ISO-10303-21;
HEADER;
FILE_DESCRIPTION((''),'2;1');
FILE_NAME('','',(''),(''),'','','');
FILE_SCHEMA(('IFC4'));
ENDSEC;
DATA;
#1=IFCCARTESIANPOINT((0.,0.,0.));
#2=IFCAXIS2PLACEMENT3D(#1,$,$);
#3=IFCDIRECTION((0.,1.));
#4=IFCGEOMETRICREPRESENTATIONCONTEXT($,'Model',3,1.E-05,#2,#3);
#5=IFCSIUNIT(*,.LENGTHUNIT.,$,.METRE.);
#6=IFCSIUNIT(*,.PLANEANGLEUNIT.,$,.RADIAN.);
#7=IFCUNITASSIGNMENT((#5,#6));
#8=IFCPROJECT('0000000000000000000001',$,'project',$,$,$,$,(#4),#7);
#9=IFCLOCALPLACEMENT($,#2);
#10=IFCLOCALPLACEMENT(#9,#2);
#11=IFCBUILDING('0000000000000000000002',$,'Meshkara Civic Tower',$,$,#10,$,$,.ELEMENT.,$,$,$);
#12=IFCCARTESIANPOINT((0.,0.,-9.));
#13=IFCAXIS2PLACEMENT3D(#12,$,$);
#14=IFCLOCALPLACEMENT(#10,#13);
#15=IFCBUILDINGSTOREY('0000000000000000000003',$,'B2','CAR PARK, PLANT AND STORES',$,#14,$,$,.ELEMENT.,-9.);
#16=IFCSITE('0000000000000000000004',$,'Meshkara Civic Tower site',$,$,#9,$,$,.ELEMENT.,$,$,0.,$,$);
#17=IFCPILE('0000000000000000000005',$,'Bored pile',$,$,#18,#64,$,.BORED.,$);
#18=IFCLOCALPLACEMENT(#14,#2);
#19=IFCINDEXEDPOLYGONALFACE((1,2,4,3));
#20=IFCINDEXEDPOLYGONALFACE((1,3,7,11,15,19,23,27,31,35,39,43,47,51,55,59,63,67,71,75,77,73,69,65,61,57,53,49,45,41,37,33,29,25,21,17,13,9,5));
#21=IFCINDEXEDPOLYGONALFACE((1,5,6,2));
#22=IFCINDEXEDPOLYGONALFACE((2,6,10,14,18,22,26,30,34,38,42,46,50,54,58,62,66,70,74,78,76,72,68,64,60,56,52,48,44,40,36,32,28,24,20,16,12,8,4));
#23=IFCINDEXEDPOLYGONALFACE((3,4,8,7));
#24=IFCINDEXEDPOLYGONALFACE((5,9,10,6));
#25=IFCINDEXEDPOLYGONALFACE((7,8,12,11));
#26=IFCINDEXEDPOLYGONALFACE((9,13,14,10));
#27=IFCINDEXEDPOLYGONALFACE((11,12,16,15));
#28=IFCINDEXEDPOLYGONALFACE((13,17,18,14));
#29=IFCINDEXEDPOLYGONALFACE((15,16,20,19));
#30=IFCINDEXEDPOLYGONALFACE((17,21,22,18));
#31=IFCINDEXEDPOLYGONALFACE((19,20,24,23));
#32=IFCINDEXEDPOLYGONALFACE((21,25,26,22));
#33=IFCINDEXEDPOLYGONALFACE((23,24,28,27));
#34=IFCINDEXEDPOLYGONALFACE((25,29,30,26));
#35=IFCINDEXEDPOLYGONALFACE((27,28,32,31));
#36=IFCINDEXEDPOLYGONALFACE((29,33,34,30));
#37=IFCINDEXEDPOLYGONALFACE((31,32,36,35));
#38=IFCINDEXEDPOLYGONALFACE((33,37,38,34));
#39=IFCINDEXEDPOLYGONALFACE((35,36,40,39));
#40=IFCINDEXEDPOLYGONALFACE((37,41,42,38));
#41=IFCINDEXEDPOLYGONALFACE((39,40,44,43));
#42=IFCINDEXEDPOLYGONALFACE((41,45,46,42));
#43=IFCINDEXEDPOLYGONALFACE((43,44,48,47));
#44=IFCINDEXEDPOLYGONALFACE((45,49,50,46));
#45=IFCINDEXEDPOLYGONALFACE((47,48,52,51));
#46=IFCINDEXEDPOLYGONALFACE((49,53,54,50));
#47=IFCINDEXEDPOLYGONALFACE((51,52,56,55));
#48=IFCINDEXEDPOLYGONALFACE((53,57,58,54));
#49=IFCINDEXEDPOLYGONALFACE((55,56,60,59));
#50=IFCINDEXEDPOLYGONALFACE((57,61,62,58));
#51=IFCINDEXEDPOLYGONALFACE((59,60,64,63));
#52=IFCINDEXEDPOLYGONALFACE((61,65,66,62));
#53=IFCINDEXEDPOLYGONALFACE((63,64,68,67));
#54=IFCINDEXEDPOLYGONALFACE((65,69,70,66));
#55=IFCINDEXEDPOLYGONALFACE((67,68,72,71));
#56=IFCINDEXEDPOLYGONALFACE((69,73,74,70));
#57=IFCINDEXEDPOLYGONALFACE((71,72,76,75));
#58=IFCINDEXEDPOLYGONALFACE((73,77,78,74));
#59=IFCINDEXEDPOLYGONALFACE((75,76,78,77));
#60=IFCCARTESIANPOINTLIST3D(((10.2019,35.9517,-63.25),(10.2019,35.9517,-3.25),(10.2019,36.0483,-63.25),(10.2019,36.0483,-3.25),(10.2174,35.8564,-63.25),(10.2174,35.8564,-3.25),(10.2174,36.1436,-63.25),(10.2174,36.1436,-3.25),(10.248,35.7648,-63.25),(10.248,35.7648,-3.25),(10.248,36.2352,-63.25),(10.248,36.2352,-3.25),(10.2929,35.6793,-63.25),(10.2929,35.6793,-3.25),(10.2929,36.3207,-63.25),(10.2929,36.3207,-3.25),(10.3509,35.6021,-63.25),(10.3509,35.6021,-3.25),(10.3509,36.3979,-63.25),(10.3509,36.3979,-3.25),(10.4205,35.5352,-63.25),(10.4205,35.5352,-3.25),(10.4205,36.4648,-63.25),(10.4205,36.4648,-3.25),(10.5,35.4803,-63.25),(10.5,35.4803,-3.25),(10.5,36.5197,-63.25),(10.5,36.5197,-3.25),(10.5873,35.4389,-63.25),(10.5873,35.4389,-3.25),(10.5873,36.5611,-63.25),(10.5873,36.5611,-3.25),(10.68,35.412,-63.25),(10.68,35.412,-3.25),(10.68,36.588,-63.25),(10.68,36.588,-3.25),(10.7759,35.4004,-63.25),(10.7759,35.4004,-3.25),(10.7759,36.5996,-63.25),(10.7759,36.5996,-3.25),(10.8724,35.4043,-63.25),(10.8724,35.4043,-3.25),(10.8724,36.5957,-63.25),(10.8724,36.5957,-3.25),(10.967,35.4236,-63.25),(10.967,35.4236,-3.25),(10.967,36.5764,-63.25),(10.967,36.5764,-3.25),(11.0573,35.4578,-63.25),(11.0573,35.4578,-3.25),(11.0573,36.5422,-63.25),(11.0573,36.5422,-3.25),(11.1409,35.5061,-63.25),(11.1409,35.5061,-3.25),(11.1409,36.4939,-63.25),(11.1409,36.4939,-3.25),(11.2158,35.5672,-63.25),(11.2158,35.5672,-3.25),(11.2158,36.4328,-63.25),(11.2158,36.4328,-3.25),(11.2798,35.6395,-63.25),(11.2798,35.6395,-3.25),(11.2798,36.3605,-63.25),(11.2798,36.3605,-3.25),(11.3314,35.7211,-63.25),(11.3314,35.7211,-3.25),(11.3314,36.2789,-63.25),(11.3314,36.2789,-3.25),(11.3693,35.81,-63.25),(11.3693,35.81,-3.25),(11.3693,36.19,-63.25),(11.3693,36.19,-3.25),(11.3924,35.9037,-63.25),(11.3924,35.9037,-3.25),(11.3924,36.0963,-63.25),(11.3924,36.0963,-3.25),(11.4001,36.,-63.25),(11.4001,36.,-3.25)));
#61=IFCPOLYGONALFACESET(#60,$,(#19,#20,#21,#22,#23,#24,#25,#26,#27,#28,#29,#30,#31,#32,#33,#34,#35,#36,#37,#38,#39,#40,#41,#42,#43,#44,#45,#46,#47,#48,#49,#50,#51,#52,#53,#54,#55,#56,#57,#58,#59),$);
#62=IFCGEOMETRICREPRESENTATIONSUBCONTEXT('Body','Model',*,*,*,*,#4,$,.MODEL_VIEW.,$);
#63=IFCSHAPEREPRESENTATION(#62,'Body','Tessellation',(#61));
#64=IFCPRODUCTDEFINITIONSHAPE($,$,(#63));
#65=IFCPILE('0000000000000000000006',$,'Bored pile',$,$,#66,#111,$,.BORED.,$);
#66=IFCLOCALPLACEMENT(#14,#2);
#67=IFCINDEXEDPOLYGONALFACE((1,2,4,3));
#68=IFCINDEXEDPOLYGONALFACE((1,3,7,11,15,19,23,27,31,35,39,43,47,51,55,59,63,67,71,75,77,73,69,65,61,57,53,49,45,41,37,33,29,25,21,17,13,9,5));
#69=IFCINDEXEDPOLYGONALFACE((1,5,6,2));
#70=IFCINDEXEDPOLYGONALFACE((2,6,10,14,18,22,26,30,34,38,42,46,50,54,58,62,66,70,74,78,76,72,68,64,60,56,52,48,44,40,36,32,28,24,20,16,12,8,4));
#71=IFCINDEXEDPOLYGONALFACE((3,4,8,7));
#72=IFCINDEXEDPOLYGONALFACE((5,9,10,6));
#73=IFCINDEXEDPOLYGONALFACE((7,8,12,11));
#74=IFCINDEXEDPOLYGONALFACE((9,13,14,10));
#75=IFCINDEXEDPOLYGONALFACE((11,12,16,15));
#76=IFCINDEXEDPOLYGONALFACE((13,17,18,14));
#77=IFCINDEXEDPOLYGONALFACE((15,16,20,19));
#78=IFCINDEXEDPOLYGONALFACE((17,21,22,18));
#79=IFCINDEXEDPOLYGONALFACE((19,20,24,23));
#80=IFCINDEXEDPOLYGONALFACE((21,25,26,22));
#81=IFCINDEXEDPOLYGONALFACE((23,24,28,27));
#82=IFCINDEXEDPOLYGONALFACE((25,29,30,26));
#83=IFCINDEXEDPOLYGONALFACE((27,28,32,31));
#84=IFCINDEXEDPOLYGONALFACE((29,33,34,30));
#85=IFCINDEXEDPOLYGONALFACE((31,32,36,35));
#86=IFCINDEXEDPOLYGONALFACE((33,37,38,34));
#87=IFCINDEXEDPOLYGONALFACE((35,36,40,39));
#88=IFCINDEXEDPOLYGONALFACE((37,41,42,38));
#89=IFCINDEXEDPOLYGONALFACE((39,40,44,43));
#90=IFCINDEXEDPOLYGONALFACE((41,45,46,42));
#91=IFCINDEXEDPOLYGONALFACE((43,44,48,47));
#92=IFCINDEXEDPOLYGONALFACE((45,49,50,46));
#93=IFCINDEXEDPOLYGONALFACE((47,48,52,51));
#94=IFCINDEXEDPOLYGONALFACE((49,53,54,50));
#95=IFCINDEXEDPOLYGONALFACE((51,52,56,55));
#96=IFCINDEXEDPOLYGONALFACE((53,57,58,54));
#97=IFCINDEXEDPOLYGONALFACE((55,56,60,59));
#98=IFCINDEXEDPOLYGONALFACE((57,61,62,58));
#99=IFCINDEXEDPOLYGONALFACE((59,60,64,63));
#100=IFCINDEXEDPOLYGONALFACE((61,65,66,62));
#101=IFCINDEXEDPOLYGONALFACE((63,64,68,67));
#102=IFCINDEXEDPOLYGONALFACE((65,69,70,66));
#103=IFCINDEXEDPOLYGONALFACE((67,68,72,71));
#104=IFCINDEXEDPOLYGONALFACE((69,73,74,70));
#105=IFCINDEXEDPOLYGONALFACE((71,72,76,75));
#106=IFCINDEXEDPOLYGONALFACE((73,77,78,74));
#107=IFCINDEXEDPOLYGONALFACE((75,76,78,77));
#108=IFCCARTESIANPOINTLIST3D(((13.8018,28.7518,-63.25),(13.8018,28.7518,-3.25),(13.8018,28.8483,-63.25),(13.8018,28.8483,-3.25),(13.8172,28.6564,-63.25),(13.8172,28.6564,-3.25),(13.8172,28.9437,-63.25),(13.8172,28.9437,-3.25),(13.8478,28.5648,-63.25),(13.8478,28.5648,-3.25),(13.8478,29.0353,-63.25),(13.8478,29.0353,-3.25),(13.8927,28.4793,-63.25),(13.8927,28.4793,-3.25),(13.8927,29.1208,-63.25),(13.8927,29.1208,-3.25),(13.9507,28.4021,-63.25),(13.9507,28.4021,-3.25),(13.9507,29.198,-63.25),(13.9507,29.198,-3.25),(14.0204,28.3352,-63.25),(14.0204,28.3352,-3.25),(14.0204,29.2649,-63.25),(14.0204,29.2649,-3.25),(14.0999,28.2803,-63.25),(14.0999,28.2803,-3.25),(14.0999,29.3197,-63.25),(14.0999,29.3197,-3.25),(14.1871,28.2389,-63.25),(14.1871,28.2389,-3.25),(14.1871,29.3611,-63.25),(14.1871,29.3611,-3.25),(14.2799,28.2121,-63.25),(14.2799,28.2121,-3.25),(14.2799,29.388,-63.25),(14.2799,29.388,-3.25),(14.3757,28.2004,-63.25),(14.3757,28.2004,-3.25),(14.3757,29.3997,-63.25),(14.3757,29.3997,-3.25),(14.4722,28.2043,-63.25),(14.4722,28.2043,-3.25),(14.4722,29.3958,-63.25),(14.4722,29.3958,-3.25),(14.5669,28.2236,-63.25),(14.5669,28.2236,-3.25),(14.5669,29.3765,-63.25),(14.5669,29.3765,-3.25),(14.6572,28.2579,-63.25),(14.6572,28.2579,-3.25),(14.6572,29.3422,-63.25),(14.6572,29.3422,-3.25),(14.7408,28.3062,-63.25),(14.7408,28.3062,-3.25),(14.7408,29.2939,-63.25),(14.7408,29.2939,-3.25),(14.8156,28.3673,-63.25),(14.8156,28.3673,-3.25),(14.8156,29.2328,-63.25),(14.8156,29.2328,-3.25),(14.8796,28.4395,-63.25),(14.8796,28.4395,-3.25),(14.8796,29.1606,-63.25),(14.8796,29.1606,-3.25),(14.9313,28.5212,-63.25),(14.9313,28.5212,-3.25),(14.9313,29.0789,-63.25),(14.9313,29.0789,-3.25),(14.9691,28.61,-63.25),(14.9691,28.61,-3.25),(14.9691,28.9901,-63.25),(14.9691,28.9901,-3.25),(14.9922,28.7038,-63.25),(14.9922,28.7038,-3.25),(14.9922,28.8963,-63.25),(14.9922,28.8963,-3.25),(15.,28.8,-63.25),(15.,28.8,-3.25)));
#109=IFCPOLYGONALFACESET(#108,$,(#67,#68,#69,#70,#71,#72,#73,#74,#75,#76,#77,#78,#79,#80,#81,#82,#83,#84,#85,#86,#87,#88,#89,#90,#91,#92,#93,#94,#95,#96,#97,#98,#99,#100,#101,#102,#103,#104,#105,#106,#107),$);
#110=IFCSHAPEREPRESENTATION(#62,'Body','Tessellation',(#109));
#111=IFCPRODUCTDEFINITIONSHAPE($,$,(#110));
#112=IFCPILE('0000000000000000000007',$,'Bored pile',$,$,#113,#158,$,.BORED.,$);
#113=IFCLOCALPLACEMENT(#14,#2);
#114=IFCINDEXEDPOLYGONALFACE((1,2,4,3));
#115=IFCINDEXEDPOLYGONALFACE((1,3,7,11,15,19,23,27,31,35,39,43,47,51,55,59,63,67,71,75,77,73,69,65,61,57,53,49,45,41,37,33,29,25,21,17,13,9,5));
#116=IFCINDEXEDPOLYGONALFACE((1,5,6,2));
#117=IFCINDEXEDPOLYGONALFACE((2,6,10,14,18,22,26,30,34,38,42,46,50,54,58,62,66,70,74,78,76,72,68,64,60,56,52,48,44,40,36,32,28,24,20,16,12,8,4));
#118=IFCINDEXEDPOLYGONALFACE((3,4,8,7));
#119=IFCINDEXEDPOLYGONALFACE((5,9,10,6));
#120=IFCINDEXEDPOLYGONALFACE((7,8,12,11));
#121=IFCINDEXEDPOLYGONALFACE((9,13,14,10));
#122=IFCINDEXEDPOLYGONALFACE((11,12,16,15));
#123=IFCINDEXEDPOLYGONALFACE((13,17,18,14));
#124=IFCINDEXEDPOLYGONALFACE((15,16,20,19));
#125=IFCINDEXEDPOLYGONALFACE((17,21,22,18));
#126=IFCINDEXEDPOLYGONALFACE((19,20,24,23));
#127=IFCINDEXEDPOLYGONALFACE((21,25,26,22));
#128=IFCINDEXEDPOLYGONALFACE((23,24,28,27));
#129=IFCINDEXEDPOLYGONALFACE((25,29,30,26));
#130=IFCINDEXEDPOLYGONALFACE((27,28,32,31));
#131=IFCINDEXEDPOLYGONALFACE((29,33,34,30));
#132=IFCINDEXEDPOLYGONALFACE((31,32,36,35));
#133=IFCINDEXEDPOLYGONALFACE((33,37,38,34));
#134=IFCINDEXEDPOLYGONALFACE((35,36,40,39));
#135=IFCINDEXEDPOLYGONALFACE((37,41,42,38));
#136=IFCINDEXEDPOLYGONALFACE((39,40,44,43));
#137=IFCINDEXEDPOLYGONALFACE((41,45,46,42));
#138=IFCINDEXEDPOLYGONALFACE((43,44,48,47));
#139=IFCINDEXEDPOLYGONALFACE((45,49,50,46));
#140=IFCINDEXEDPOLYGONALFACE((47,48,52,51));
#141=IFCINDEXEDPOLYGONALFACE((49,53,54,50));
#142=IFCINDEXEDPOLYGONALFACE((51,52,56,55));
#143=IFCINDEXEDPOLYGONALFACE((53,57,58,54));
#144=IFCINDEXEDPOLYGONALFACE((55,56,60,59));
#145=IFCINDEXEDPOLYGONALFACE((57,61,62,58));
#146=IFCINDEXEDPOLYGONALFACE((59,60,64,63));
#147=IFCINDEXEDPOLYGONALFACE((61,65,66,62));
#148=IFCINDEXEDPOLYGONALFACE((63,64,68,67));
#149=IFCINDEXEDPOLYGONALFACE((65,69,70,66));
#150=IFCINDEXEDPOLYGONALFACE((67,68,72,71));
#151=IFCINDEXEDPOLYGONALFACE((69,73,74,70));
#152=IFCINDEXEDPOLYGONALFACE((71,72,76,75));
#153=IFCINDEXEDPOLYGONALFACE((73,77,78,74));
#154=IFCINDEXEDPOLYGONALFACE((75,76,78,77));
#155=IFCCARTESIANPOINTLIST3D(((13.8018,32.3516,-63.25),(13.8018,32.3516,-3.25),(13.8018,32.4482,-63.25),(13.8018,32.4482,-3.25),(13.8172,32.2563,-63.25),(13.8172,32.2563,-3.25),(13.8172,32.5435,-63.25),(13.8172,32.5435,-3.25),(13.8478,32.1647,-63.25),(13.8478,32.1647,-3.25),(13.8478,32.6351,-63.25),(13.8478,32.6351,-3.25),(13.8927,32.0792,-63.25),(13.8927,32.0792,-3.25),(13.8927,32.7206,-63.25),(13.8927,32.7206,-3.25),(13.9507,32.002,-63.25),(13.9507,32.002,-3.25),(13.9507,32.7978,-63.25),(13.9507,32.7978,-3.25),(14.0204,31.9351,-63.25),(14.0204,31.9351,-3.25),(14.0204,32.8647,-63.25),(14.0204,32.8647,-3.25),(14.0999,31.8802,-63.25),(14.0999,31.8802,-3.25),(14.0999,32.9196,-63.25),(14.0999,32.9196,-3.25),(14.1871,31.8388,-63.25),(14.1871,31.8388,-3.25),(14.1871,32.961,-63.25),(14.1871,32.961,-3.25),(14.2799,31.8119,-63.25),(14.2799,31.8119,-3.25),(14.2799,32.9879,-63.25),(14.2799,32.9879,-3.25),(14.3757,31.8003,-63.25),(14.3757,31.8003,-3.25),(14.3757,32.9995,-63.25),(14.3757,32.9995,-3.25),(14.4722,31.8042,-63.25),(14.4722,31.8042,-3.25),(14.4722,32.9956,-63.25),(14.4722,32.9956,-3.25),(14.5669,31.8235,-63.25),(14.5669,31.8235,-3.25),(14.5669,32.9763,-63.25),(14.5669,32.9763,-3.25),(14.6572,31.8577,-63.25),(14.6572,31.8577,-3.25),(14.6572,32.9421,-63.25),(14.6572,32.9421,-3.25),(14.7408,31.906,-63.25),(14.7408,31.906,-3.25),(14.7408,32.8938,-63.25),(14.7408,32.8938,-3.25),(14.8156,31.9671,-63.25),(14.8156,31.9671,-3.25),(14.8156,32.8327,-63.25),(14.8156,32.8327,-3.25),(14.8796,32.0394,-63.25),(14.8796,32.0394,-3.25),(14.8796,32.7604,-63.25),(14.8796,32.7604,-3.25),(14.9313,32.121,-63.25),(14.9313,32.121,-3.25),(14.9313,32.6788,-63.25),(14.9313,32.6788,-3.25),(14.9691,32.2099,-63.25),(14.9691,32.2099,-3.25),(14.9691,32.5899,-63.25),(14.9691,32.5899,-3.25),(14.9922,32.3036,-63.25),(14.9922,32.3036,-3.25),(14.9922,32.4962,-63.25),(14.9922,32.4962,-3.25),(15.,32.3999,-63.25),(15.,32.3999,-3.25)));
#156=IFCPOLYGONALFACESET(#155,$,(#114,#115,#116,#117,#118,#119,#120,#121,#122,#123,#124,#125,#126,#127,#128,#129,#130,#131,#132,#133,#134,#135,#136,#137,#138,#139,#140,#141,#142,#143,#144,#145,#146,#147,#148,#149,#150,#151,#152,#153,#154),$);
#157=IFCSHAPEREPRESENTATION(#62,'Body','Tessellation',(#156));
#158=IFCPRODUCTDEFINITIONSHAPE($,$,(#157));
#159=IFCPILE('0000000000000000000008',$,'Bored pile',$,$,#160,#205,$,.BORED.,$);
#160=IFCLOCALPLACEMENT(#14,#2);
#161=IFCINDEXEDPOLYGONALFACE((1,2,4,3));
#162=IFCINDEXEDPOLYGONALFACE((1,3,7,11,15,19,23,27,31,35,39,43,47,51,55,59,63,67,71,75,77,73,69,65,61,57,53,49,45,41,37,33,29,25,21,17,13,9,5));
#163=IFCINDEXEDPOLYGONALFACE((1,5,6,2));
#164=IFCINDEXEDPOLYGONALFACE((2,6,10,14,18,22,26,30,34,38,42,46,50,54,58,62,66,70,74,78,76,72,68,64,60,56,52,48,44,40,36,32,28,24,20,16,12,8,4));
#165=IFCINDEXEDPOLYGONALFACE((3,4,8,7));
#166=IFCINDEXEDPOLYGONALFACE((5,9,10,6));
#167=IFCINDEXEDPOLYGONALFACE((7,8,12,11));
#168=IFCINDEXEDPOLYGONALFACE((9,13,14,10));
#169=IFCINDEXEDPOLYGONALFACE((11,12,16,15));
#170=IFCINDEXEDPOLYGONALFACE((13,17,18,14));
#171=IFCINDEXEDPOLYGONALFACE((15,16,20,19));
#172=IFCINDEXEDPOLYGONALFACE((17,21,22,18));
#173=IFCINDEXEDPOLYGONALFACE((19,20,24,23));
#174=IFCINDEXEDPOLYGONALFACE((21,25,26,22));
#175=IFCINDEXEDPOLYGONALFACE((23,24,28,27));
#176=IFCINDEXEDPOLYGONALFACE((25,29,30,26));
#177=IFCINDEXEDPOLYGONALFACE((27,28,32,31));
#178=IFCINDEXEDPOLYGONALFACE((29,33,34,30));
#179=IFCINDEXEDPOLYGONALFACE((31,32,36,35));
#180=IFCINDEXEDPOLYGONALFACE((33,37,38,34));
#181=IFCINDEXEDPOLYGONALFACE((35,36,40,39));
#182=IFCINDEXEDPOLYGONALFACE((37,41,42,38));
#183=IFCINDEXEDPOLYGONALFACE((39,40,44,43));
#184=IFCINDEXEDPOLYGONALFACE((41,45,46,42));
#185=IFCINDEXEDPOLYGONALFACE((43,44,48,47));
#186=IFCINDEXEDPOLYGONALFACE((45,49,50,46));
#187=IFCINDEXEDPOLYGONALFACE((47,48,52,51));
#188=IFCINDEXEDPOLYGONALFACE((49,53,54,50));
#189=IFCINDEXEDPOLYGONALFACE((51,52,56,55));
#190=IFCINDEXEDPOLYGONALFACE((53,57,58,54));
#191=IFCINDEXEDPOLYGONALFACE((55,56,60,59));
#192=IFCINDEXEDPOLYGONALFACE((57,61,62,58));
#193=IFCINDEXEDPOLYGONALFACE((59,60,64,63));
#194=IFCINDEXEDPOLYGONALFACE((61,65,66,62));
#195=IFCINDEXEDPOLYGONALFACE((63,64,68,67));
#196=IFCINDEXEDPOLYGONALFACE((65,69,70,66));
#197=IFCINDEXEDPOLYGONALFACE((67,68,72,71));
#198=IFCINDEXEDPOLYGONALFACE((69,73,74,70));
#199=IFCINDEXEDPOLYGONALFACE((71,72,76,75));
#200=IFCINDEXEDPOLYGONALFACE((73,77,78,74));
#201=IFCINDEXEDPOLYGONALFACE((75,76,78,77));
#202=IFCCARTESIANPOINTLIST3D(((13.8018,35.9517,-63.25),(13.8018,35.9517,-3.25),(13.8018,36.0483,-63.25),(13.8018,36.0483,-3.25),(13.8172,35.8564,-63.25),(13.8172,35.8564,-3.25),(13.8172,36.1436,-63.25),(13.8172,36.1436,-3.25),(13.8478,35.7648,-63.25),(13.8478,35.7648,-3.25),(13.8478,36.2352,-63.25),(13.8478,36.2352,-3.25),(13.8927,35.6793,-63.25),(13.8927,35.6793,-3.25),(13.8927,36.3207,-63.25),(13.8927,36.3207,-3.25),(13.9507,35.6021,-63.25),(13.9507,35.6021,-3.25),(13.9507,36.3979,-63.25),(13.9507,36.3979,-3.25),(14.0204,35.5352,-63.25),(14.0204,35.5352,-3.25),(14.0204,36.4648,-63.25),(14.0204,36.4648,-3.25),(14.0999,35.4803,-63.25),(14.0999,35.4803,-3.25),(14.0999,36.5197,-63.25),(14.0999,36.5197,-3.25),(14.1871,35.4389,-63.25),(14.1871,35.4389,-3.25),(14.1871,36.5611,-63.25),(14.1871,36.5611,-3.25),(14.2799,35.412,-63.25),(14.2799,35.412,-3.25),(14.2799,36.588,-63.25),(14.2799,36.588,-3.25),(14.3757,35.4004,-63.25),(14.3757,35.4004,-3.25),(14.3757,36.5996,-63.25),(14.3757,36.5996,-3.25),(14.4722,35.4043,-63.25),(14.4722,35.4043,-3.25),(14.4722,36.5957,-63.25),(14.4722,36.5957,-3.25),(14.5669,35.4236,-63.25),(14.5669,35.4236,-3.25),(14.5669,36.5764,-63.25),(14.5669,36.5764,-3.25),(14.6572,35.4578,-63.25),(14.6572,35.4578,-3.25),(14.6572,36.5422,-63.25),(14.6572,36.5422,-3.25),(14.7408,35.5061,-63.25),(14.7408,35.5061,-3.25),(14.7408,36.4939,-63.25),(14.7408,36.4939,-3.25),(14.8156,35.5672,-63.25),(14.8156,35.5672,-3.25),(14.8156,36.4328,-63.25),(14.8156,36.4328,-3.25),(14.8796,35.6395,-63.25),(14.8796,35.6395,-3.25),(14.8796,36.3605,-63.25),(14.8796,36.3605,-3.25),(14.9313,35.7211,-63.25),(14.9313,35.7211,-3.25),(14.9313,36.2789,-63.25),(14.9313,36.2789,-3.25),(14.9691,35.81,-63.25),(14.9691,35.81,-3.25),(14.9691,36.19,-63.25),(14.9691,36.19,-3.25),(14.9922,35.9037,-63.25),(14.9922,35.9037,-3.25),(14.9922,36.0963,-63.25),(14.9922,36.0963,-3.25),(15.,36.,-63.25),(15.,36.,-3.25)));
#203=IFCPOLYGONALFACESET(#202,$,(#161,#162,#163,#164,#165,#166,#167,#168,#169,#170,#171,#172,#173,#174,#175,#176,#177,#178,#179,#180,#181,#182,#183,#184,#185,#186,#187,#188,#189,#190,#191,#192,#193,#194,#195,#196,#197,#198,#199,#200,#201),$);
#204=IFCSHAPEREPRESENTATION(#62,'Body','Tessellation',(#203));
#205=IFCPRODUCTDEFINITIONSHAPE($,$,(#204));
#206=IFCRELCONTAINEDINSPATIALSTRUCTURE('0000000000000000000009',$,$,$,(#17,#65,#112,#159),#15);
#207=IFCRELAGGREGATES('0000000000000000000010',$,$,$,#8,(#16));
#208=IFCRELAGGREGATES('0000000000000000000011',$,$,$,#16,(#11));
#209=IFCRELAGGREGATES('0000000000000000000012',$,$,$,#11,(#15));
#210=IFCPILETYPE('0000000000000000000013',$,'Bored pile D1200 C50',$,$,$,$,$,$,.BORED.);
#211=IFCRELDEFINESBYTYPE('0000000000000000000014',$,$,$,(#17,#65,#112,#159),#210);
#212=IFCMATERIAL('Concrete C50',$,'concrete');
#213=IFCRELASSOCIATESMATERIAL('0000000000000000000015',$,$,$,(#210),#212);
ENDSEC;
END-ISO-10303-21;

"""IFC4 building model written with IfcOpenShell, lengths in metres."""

from ifc_helpers import new_model, si_unit, direction, frame, origin, origin_2d, place, context, subcontext, project, spatial, circle, extrude, material, material_profile, profile_set, type_object, element, save


model = new_model("IFC4")

# Units and contexts
model_context = context("Model", 3, precision=1e-05, world=origin(), true_north=direction((0.0, 1.0)))
body_context = subcontext(model_context, "Body", "Model", "MODEL_VIEW")
ifc_project = project(units=[si_unit("LENGTHUNIT", "METRE"), si_unit("PLANEANGLEUNIT", "RADIAN")], contexts=[model_context])

# Site, building, storey
site_placement = place(None, origin())
site = spatial("IfcSite", under=ifc_project, at=site_placement, Name="Meshkara Civic Tower site", CompositionType="ELEMENT", RefElevation=0.0)
building_placement = place(site_placement, origin())
building = spatial("IfcBuilding", under=site, at=building_placement, Name="Meshkara Civic Tower", CompositionType="ELEMENT")
storey_placement = place(building_placement, frame((0.0, 0.0, -9.0)))
storey = spatial("IfcBuildingStorey", under=building, at=storey_placement, Name="B2", Description="CAR PARK, PLANT AND STORES", CompositionType="ELEMENT", Elevation=-9.0)

# Piles
ifc_material_1 = material(Name="Concrete C50", Category="concrete")
ifc_material_profile_1 = material_profile(ifc_material_1, circle(Radius=0.6001, at=origin_2d()))
ifc_profile_set_1 = profile_set([ifc_material_profile_1], Name="Concrete C50")
pile_type = type_object("IfcPileType", Name="Bored pile D1200 C50", PredefinedType="BORED", material=ifc_profile_set_1)
for number, where, z_axis, x_axis, name in (
    (1, (10.8, 36.0, -3.25), (0.0, 0.0, -1.0), (1.0, 0.0, 0.0), "Bored pile"),
    (2, (14.3999, 28.8, -3.25), (0.0, 0.0, -1.0), (1.0, 0.0, 0.0), "Bored pile"),
    (3, (14.3999, 32.3999, -3.25), (0.0, 0.0, -1.0), (1.0, 0.0, 0.0), "Bored pile"),
    (4, (14.3999, 36.0, -3.25), (0.0, 0.0, -1.0), (1.0, 0.0, 0.0), "Bored pile"),
):
    element("IfcPile", number, at=place(storey_placement, frame(where, z_axis=z_axis, x_axis=x_axis)), inside=storey, type_object=pile_type, Name=name, PredefinedType="BORED", context=body_context, shape_type="SweptSolid", body=[
        extrude(circle(Radius=0.6001, at=origin_2d()), origin(), (0.0, 0.0, 1.0), 60.0),
    ])

save(model, "model.ifc")
